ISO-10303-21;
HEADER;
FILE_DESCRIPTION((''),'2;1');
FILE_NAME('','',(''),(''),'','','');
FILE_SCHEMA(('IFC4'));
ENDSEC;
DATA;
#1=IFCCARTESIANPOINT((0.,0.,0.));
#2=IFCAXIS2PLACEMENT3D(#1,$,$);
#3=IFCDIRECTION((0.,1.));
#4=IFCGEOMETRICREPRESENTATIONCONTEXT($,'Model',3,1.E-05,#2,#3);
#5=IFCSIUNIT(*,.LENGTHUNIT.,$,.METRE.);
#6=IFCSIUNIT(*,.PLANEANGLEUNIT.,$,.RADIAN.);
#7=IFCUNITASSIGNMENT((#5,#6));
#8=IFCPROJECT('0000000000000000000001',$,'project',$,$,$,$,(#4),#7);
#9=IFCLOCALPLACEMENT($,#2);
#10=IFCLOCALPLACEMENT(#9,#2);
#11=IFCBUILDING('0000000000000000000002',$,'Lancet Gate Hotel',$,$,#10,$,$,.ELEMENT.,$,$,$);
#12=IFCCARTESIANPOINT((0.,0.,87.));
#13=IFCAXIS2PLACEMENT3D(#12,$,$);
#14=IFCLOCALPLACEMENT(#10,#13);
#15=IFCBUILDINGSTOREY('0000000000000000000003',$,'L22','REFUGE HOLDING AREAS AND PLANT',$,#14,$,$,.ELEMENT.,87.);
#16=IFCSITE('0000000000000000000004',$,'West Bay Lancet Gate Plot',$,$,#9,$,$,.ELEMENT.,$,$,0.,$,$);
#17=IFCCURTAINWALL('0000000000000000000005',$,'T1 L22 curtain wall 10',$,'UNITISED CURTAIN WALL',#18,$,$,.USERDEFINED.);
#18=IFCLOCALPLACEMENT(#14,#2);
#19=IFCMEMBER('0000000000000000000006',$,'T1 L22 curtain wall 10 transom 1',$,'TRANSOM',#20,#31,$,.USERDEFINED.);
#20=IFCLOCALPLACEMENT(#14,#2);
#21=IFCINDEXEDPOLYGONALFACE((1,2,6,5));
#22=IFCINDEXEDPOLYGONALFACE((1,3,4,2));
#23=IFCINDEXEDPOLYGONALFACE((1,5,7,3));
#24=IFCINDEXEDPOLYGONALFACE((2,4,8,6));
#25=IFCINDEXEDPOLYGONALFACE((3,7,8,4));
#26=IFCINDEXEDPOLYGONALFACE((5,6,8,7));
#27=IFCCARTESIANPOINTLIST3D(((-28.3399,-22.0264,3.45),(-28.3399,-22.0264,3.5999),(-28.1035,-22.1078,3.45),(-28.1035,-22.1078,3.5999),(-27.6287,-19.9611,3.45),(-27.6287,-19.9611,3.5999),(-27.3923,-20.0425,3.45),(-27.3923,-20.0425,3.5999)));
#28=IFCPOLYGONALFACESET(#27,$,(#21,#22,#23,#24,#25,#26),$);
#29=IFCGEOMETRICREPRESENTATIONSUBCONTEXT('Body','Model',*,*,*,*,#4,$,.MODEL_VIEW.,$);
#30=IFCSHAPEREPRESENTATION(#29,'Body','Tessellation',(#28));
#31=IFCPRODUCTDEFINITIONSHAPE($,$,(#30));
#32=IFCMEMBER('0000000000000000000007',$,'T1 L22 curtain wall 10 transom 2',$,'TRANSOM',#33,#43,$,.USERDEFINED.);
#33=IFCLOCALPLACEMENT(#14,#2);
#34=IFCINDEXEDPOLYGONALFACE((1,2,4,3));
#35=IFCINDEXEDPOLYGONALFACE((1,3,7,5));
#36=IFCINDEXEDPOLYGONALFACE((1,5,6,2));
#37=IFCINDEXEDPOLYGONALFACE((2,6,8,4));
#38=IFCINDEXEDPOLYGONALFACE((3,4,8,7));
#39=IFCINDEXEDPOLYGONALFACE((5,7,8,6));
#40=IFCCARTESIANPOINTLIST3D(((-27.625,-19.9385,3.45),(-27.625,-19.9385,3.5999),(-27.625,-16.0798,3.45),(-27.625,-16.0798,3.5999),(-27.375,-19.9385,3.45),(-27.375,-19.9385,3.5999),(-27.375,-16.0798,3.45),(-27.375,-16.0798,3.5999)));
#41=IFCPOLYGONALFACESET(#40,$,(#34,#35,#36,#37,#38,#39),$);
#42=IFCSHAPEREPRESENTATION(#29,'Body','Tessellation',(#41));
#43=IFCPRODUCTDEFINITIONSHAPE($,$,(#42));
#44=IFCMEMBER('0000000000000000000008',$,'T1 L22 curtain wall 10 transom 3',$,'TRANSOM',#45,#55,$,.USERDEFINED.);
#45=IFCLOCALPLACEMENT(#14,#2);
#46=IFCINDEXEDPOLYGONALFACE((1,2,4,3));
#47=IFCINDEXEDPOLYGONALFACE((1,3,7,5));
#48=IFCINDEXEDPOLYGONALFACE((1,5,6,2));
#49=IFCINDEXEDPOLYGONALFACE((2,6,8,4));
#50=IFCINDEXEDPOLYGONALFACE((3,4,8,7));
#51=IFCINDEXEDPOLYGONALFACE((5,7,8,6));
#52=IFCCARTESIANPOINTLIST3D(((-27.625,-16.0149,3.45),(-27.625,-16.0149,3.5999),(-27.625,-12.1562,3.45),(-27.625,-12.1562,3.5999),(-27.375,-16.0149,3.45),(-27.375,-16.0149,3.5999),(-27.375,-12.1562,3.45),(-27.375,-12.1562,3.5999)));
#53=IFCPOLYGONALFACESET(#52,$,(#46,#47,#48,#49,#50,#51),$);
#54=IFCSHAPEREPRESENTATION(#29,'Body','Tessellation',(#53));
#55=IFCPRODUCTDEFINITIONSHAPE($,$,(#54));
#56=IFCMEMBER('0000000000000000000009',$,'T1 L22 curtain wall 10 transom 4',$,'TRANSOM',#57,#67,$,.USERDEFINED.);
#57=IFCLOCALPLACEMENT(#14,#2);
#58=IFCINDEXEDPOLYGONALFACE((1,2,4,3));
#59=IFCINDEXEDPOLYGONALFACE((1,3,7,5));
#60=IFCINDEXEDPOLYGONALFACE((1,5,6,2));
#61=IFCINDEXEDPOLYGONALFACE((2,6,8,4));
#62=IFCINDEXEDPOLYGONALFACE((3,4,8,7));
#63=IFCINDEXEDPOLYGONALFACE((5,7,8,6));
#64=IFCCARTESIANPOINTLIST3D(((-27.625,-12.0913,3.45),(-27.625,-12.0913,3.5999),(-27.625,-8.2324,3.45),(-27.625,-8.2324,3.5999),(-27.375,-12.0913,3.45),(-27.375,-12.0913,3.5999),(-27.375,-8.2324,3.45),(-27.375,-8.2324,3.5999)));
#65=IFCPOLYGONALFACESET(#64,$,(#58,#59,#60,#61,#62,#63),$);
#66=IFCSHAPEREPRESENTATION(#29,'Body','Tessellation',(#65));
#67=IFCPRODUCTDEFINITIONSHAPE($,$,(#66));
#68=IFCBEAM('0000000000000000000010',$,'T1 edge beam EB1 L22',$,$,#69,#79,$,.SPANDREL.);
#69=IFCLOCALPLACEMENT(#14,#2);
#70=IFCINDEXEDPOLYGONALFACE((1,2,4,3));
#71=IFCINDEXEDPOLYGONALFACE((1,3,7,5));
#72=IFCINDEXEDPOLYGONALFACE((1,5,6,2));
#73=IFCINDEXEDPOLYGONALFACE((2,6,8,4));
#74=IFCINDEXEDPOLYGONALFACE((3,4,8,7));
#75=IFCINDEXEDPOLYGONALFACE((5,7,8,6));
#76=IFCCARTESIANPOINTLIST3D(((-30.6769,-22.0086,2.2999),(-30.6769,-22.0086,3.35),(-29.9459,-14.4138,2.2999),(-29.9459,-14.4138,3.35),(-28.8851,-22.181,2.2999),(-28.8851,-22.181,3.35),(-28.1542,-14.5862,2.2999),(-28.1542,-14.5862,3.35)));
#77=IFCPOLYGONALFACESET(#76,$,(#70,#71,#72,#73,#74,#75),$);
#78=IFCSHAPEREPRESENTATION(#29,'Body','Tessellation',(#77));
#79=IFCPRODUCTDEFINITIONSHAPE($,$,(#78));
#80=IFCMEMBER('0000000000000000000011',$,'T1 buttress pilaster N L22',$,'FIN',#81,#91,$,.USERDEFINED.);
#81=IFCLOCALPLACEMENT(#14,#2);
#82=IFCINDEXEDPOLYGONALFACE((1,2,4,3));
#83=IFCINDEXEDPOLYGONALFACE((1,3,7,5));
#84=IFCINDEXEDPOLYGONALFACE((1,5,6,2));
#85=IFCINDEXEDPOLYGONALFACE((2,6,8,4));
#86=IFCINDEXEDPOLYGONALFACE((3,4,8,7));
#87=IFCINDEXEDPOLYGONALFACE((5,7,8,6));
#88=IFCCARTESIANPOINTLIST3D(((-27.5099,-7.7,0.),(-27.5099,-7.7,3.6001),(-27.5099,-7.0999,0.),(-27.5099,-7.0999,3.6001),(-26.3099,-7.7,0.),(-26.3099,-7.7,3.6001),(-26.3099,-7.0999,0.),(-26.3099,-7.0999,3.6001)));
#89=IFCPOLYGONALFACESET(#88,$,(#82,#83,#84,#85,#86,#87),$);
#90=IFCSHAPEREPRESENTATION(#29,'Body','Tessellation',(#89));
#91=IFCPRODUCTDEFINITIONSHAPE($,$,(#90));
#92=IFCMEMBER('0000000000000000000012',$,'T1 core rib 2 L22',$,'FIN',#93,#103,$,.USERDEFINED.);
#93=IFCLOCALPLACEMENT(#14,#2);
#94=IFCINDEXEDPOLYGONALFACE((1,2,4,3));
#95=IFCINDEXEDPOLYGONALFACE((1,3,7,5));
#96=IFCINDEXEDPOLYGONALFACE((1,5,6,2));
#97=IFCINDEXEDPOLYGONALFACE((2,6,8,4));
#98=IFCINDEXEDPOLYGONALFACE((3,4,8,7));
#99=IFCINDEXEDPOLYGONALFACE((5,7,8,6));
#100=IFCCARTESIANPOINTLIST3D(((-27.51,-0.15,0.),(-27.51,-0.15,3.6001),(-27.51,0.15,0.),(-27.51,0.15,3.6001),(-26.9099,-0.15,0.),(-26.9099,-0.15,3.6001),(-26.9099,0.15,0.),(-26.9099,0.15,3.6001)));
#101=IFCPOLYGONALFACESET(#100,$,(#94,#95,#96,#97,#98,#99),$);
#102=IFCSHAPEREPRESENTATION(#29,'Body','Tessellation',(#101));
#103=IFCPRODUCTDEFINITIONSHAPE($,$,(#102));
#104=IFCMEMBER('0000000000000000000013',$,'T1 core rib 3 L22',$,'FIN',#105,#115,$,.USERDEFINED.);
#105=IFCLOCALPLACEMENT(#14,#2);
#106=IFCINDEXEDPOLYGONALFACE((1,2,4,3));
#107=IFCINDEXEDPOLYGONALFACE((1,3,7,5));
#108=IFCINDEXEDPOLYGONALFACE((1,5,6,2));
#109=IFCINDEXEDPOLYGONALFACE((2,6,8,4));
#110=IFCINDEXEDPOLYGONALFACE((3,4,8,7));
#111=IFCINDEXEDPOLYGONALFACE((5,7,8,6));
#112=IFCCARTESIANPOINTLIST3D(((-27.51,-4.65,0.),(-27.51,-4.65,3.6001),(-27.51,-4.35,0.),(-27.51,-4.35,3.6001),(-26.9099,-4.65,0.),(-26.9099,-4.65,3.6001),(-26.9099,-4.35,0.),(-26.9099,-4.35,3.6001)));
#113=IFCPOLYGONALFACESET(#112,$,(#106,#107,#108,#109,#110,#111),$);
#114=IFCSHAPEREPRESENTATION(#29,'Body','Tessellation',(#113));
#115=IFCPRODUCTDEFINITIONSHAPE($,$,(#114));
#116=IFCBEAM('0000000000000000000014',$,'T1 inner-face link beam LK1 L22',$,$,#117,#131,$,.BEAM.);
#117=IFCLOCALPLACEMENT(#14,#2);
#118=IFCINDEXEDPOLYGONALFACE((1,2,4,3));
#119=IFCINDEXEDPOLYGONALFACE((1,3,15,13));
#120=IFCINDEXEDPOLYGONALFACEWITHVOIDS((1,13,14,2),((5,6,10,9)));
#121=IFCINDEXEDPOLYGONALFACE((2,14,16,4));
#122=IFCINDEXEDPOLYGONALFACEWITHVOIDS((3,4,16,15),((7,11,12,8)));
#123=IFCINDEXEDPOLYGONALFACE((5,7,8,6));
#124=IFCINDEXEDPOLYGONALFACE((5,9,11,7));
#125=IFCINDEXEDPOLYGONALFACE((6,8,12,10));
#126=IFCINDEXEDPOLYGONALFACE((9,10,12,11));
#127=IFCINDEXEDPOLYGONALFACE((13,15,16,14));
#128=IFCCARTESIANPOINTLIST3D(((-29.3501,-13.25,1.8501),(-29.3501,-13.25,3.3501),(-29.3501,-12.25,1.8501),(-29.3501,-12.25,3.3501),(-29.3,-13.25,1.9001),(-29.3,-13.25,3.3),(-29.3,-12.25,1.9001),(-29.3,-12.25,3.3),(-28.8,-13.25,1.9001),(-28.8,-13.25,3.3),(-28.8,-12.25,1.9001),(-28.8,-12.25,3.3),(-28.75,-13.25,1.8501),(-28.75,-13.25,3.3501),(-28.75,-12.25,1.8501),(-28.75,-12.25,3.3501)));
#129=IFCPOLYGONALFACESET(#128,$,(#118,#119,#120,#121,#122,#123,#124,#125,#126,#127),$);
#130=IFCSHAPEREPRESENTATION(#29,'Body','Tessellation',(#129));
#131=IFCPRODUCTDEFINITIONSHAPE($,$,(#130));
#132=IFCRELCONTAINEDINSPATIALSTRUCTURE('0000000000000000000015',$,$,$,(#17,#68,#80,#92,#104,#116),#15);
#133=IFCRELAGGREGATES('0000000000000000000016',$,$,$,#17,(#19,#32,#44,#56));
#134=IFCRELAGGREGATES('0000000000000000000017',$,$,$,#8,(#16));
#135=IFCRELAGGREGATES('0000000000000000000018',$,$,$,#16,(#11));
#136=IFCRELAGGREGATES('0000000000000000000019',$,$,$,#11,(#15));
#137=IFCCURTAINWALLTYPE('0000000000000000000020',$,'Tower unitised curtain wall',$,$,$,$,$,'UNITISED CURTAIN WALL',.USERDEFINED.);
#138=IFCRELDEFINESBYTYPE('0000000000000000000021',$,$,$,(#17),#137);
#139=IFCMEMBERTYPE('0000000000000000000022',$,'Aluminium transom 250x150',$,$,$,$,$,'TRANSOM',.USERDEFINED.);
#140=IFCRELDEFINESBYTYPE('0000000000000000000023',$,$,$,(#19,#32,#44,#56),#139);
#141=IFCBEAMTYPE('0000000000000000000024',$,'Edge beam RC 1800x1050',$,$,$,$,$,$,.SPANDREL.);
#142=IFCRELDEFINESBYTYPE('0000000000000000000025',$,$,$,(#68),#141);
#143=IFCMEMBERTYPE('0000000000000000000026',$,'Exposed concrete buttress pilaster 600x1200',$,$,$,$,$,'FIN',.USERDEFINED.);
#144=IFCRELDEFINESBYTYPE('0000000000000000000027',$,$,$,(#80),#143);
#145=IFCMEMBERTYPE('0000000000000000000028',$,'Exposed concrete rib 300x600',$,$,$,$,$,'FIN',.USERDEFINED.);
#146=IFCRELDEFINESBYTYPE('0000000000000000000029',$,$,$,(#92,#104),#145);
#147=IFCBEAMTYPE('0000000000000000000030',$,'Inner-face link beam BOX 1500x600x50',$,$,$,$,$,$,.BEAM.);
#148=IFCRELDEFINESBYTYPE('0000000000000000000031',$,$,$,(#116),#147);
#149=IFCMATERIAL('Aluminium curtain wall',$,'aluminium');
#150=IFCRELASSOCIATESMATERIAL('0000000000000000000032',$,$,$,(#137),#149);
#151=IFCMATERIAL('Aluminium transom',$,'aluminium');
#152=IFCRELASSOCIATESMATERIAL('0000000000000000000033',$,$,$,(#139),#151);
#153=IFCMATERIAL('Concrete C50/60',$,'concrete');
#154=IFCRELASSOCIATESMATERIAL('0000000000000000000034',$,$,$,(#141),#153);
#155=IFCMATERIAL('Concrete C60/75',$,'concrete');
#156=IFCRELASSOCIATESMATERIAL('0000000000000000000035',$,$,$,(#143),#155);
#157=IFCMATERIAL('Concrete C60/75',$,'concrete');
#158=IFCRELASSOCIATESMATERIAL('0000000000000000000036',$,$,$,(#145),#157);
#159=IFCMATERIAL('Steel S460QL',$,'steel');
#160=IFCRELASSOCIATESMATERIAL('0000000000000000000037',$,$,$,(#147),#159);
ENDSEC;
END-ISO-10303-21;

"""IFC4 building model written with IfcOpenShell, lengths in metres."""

from ifc_helpers import new_model, si_unit, direction, frame, origin, origin_2d, place, context, subcontext, project, spatial, rectangle, hollow_rectangle, extrude, material, material_profile, profile_set, type_object, element, aggregate, save


model = new_model("IFC4")

# Units and contexts
model_context = context("Model", 3, precision=1e-05, world=origin(), true_north=direction((0.0, 1.0)))
body_context = subcontext(model_context, "Body", "Model", "MODEL_VIEW")
ifc_project = project(units=[si_unit("LENGTHUNIT", "METRE"), si_unit("PLANEANGLEUNIT", "RADIAN")], contexts=[model_context])

# Site, building, storey
site_placement = place(None, origin())
site = spatial("IfcSite", under=ifc_project, at=site_placement, Name="West Bay Lancet Gate Plot", CompositionType="ELEMENT", RefElevation=0.0)
building_placement = place(site_placement, origin())
building = spatial("IfcBuilding", under=site, at=building_placement, Name="Lancet Gate Hotel", CompositionType="ELEMENT")
storey_placement = place(building_placement, frame((0.0, 0.0, 87.0)))
storey = spatial("IfcBuildingStorey", under=building, at=storey_placement, Name="L22", Description="REFUGE HOLDING AREAS AND PLANT", CompositionType="ELEMENT", Elevation=87.0)

# Curtain wall, members
ifc_material_1 = material(Name="Aluminium curtain wall", Category="aluminium")
curtain_wall_type = type_object("IfcCurtainWallType", Name="Tower unitised curtain wall", ElementType="UNITISED CURTAIN WALL", PredefinedType="USERDEFINED", material=ifc_material_1)
curtain_wall_placement = place(storey_placement, origin())
curtain_wall = element("IfcCurtainWall", 1, at=curtain_wall_placement, inside=storey, type_object=curtain_wall_type, Name="T1 L22 curtain wall 10", ObjectType="UNITISED CURTAIN WALL", PredefinedType="USERDEFINED")
ifc_material_2 = material(Name="Aluminium transom", Category="aluminium")
ifc_material_profile_1 = material_profile(ifc_material_2, rectangle(XDim=0.25, YDim=0.1499, at=origin_2d()), Name="TRANSOM 250x150")
ifc_profile_set_1 = profile_set([ifc_material_profile_1], Name="Aluminium transom")
member_type_1 = type_object("IfcMemberType", Name="Aluminium transom 250x150", ElementType="TRANSOM", PredefinedType="USERDEFINED", material=ifc_profile_set_1)
member_1_placement = place(storey_placement, frame((-28.2217, -22.0671, 3.5249), z_axis=(0.325567, 0.945519, 0.0), x_axis=(-0.945519, 0.325567, 0.0)))
member_1 = element("IfcMember", 2, at=member_1_placement, type_object=member_type_1, Name="T1 L22 curtain wall 10 transom 1", ObjectType="TRANSOM", PredefinedType="USERDEFINED", context=body_context, shape_type="SweptSolid", body=[
    extrude(rectangle(XDim=0.25, YDim=0.1499, at=origin_2d()), origin(), (0.0, 0.0, 1.0), 2.1843),
])
member_2_placement = place(storey_placement, frame((-27.5, -19.9385, 3.5249), z_axis=(0.0, 1.0, 0.0), x_axis=(-1.0, 0.0, 0.0)))
member_2 = element("IfcMember", 3, at=member_2_placement, type_object=member_type_1, Name="T1 L22 curtain wall 10 transom 2", ObjectType="TRANSOM", PredefinedType="USERDEFINED", context=body_context, shape_type="SweptSolid", body=[
    extrude(rectangle(XDim=0.25, YDim=0.1499, at=origin_2d()), origin(), (0.0, 0.0, 1.0), 3.8586),
])
member_3_placement = place(storey_placement, frame((-27.5, -16.0149, 3.5249), z_axis=(0.0, 1.0, 0.0), x_axis=(-1.0, 0.0, 0.0)))
member_3 = element("IfcMember", 4, at=member_3_placement, type_object=member_type_1, Name="T1 L22 curtain wall 10 transom 3", ObjectType="TRANSOM", PredefinedType="USERDEFINED", context=body_context, shape_type="SweptSolid", body=[
    extrude(rectangle(XDim=0.25, YDim=0.1499, at=origin_2d()), origin(), (0.0, 0.0, 1.0), 3.8586),
])
member_4_placement = place(storey_placement, frame((-27.5, -12.0913, 3.5249), z_axis=(0.0, 1.0, 0.0), x_axis=(-1.0, 0.0, 0.0)))
member_4 = element("IfcMember", 5, at=member_4_placement, type_object=member_type_1, Name="T1 L22 curtain wall 10 transom 4", ObjectType="TRANSOM", PredefinedType="USERDEFINED", context=body_context, shape_type="SweptSolid", body=[
    extrude(rectangle(XDim=0.25, YDim=0.1499, at=origin_2d()), origin(), (0.0, 0.0, 1.0), 3.8589),
])

# Beam
ifc_material_3 = material(Name="Concrete C50/60", Category="concrete")
ifc_material_profile_2 = material_profile(ifc_material_3, rectangle(XDim=1.8, YDim=1.05, at=origin_2d()), Name="RC 1800x1050")
ifc_profile_set_2 = profile_set([ifc_material_profile_2], Name="Concrete C50/60")
beam_type_1 = type_object("IfcBeamType", Name="Edge beam RC 1800x1050", PredefinedType="SPANDREL", material=ifc_profile_set_2)
beam_1_placement = place(storey_placement, frame((-29.05, -14.5, 2.825), z_axis=(-0.095803, -0.9954, 0.0), x_axis=(0.9954, -0.095803, 0.0)))
element("IfcBeam", 6, at=beam_1_placement, inside=storey, type_object=beam_type_1, Name="T1 edge beam EB1 L22", PredefinedType="SPANDREL", context=body_context, shape_type="SweptSolid", body=[
    extrude(rectangle(XDim=1.8, YDim=1.05, at=origin_2d()), origin(), (0.0, 0.0, 1.0), 7.6299),
])

# Members
ifc_material_4 = material(Name="Concrete C60/75", Category="concrete")
ifc_material_profile_3 = material_profile(ifc_material_4, rectangle(XDim=0.6001, YDim=1.2, at=origin_2d()), Name="FIN 600x1200")
ifc_profile_set_3 = profile_set([ifc_material_profile_3], Name="Concrete C60/75")
member_type_2 = type_object("IfcMemberType", Name="Exposed concrete buttress pilaster 600x1200", ElementType="FIN", PredefinedType="USERDEFINED", material=ifc_profile_set_3)
member_5_placement = place(storey_placement, frame((-26.9099, -7.3999, 0.0), z_axis=(0.0, 0.0, 1.0), x_axis=(0.0, 1.0, 0.0)))
element("IfcMember", 7, at=member_5_placement, inside=storey, type_object=member_type_2, Name="T1 buttress pilaster N L22", ObjectType="FIN", PredefinedType="USERDEFINED", context=body_context, shape_type="SweptSolid", body=[
    extrude(rectangle(XDim=0.6001, YDim=1.2, at=origin_2d()), origin(), (0.0, 0.0, 1.0), 3.6001),
])
ifc_material_5 = material(Name="Concrete C60/75", Category="concrete")
ifc_material_profile_4 = material_profile(ifc_material_5, rectangle(XDim=0.3, YDim=0.6001, at=origin_2d()), Name="FIN 300x600")
ifc_profile_set_4 = profile_set([ifc_material_profile_4], Name="Concrete C60/75")
member_type_3 = type_object("IfcMemberType", Name="Exposed concrete rib 300x600", ElementType="FIN", PredefinedType="USERDEFINED", material=ifc_profile_set_4)
for number, where, z_axis, x_axis, name in (
    (8, (-27.21, 0.0, 0.0), (0.0, 0.0, 1.0), (0.0, 1.0, 0.0), "T1 core rib 2 L22"),
    (9, (-27.21, -4.5, 0.0), (0.0, 0.0, 1.0), (0.0, 1.0, 0.0), "T1 core rib 3 L22"),
):
    element("IfcMember", number, at=place(storey_placement, frame(where, z_axis=z_axis, x_axis=x_axis)), inside=storey, type_object=member_type_3, Name=name, ObjectType="FIN", PredefinedType="USERDEFINED", context=body_context, shape_type="SweptSolid", body=[
        extrude(rectangle(XDim=0.3, YDim=0.6001, at=origin_2d()), origin(), (0.0, 0.0, 1.0), 3.6001),
    ])

# Beam
ifc_material_6 = material(Name="Steel S460QL", Category="steel")
ifc_material_profile_5 = material_profile(ifc_material_6, hollow_rectangle(XDim=0.6001, YDim=1.5, WallThickness=0.05, at=origin_2d()), Name="BOX 1500x600x50")
ifc_profile_set_5 = profile_set([ifc_material_profile_5], Name="Steel S460QL")
beam_type_2 = type_object("IfcBeamType", Name="Inner-face link beam BOX 1500x600x50", PredefinedType="BEAM", material=ifc_profile_set_5)
beam_2_placement = place(storey_placement, frame((-29.05, -12.25, 2.6001), z_axis=(0.0, -1.0, 0.0), x_axis=(1.0, 0.0, 0.0)))
element("IfcBeam", 10, at=beam_2_placement, inside=storey, type_object=beam_type_2, Name="T1 inner-face link beam LK1 L22", PredefinedType="BEAM", context=body_context, shape_type="SweptSolid", body=[
    extrude(hollow_rectangle(XDim=0.6001, YDim=1.5, WallThickness=0.05, at=origin_2d()), origin(), (0.0, 0.0, 1.0), 1.0),
])

aggregate(curtain_wall, [member_1, member_2, member_3, member_4])

save(model, "model.ifc")
